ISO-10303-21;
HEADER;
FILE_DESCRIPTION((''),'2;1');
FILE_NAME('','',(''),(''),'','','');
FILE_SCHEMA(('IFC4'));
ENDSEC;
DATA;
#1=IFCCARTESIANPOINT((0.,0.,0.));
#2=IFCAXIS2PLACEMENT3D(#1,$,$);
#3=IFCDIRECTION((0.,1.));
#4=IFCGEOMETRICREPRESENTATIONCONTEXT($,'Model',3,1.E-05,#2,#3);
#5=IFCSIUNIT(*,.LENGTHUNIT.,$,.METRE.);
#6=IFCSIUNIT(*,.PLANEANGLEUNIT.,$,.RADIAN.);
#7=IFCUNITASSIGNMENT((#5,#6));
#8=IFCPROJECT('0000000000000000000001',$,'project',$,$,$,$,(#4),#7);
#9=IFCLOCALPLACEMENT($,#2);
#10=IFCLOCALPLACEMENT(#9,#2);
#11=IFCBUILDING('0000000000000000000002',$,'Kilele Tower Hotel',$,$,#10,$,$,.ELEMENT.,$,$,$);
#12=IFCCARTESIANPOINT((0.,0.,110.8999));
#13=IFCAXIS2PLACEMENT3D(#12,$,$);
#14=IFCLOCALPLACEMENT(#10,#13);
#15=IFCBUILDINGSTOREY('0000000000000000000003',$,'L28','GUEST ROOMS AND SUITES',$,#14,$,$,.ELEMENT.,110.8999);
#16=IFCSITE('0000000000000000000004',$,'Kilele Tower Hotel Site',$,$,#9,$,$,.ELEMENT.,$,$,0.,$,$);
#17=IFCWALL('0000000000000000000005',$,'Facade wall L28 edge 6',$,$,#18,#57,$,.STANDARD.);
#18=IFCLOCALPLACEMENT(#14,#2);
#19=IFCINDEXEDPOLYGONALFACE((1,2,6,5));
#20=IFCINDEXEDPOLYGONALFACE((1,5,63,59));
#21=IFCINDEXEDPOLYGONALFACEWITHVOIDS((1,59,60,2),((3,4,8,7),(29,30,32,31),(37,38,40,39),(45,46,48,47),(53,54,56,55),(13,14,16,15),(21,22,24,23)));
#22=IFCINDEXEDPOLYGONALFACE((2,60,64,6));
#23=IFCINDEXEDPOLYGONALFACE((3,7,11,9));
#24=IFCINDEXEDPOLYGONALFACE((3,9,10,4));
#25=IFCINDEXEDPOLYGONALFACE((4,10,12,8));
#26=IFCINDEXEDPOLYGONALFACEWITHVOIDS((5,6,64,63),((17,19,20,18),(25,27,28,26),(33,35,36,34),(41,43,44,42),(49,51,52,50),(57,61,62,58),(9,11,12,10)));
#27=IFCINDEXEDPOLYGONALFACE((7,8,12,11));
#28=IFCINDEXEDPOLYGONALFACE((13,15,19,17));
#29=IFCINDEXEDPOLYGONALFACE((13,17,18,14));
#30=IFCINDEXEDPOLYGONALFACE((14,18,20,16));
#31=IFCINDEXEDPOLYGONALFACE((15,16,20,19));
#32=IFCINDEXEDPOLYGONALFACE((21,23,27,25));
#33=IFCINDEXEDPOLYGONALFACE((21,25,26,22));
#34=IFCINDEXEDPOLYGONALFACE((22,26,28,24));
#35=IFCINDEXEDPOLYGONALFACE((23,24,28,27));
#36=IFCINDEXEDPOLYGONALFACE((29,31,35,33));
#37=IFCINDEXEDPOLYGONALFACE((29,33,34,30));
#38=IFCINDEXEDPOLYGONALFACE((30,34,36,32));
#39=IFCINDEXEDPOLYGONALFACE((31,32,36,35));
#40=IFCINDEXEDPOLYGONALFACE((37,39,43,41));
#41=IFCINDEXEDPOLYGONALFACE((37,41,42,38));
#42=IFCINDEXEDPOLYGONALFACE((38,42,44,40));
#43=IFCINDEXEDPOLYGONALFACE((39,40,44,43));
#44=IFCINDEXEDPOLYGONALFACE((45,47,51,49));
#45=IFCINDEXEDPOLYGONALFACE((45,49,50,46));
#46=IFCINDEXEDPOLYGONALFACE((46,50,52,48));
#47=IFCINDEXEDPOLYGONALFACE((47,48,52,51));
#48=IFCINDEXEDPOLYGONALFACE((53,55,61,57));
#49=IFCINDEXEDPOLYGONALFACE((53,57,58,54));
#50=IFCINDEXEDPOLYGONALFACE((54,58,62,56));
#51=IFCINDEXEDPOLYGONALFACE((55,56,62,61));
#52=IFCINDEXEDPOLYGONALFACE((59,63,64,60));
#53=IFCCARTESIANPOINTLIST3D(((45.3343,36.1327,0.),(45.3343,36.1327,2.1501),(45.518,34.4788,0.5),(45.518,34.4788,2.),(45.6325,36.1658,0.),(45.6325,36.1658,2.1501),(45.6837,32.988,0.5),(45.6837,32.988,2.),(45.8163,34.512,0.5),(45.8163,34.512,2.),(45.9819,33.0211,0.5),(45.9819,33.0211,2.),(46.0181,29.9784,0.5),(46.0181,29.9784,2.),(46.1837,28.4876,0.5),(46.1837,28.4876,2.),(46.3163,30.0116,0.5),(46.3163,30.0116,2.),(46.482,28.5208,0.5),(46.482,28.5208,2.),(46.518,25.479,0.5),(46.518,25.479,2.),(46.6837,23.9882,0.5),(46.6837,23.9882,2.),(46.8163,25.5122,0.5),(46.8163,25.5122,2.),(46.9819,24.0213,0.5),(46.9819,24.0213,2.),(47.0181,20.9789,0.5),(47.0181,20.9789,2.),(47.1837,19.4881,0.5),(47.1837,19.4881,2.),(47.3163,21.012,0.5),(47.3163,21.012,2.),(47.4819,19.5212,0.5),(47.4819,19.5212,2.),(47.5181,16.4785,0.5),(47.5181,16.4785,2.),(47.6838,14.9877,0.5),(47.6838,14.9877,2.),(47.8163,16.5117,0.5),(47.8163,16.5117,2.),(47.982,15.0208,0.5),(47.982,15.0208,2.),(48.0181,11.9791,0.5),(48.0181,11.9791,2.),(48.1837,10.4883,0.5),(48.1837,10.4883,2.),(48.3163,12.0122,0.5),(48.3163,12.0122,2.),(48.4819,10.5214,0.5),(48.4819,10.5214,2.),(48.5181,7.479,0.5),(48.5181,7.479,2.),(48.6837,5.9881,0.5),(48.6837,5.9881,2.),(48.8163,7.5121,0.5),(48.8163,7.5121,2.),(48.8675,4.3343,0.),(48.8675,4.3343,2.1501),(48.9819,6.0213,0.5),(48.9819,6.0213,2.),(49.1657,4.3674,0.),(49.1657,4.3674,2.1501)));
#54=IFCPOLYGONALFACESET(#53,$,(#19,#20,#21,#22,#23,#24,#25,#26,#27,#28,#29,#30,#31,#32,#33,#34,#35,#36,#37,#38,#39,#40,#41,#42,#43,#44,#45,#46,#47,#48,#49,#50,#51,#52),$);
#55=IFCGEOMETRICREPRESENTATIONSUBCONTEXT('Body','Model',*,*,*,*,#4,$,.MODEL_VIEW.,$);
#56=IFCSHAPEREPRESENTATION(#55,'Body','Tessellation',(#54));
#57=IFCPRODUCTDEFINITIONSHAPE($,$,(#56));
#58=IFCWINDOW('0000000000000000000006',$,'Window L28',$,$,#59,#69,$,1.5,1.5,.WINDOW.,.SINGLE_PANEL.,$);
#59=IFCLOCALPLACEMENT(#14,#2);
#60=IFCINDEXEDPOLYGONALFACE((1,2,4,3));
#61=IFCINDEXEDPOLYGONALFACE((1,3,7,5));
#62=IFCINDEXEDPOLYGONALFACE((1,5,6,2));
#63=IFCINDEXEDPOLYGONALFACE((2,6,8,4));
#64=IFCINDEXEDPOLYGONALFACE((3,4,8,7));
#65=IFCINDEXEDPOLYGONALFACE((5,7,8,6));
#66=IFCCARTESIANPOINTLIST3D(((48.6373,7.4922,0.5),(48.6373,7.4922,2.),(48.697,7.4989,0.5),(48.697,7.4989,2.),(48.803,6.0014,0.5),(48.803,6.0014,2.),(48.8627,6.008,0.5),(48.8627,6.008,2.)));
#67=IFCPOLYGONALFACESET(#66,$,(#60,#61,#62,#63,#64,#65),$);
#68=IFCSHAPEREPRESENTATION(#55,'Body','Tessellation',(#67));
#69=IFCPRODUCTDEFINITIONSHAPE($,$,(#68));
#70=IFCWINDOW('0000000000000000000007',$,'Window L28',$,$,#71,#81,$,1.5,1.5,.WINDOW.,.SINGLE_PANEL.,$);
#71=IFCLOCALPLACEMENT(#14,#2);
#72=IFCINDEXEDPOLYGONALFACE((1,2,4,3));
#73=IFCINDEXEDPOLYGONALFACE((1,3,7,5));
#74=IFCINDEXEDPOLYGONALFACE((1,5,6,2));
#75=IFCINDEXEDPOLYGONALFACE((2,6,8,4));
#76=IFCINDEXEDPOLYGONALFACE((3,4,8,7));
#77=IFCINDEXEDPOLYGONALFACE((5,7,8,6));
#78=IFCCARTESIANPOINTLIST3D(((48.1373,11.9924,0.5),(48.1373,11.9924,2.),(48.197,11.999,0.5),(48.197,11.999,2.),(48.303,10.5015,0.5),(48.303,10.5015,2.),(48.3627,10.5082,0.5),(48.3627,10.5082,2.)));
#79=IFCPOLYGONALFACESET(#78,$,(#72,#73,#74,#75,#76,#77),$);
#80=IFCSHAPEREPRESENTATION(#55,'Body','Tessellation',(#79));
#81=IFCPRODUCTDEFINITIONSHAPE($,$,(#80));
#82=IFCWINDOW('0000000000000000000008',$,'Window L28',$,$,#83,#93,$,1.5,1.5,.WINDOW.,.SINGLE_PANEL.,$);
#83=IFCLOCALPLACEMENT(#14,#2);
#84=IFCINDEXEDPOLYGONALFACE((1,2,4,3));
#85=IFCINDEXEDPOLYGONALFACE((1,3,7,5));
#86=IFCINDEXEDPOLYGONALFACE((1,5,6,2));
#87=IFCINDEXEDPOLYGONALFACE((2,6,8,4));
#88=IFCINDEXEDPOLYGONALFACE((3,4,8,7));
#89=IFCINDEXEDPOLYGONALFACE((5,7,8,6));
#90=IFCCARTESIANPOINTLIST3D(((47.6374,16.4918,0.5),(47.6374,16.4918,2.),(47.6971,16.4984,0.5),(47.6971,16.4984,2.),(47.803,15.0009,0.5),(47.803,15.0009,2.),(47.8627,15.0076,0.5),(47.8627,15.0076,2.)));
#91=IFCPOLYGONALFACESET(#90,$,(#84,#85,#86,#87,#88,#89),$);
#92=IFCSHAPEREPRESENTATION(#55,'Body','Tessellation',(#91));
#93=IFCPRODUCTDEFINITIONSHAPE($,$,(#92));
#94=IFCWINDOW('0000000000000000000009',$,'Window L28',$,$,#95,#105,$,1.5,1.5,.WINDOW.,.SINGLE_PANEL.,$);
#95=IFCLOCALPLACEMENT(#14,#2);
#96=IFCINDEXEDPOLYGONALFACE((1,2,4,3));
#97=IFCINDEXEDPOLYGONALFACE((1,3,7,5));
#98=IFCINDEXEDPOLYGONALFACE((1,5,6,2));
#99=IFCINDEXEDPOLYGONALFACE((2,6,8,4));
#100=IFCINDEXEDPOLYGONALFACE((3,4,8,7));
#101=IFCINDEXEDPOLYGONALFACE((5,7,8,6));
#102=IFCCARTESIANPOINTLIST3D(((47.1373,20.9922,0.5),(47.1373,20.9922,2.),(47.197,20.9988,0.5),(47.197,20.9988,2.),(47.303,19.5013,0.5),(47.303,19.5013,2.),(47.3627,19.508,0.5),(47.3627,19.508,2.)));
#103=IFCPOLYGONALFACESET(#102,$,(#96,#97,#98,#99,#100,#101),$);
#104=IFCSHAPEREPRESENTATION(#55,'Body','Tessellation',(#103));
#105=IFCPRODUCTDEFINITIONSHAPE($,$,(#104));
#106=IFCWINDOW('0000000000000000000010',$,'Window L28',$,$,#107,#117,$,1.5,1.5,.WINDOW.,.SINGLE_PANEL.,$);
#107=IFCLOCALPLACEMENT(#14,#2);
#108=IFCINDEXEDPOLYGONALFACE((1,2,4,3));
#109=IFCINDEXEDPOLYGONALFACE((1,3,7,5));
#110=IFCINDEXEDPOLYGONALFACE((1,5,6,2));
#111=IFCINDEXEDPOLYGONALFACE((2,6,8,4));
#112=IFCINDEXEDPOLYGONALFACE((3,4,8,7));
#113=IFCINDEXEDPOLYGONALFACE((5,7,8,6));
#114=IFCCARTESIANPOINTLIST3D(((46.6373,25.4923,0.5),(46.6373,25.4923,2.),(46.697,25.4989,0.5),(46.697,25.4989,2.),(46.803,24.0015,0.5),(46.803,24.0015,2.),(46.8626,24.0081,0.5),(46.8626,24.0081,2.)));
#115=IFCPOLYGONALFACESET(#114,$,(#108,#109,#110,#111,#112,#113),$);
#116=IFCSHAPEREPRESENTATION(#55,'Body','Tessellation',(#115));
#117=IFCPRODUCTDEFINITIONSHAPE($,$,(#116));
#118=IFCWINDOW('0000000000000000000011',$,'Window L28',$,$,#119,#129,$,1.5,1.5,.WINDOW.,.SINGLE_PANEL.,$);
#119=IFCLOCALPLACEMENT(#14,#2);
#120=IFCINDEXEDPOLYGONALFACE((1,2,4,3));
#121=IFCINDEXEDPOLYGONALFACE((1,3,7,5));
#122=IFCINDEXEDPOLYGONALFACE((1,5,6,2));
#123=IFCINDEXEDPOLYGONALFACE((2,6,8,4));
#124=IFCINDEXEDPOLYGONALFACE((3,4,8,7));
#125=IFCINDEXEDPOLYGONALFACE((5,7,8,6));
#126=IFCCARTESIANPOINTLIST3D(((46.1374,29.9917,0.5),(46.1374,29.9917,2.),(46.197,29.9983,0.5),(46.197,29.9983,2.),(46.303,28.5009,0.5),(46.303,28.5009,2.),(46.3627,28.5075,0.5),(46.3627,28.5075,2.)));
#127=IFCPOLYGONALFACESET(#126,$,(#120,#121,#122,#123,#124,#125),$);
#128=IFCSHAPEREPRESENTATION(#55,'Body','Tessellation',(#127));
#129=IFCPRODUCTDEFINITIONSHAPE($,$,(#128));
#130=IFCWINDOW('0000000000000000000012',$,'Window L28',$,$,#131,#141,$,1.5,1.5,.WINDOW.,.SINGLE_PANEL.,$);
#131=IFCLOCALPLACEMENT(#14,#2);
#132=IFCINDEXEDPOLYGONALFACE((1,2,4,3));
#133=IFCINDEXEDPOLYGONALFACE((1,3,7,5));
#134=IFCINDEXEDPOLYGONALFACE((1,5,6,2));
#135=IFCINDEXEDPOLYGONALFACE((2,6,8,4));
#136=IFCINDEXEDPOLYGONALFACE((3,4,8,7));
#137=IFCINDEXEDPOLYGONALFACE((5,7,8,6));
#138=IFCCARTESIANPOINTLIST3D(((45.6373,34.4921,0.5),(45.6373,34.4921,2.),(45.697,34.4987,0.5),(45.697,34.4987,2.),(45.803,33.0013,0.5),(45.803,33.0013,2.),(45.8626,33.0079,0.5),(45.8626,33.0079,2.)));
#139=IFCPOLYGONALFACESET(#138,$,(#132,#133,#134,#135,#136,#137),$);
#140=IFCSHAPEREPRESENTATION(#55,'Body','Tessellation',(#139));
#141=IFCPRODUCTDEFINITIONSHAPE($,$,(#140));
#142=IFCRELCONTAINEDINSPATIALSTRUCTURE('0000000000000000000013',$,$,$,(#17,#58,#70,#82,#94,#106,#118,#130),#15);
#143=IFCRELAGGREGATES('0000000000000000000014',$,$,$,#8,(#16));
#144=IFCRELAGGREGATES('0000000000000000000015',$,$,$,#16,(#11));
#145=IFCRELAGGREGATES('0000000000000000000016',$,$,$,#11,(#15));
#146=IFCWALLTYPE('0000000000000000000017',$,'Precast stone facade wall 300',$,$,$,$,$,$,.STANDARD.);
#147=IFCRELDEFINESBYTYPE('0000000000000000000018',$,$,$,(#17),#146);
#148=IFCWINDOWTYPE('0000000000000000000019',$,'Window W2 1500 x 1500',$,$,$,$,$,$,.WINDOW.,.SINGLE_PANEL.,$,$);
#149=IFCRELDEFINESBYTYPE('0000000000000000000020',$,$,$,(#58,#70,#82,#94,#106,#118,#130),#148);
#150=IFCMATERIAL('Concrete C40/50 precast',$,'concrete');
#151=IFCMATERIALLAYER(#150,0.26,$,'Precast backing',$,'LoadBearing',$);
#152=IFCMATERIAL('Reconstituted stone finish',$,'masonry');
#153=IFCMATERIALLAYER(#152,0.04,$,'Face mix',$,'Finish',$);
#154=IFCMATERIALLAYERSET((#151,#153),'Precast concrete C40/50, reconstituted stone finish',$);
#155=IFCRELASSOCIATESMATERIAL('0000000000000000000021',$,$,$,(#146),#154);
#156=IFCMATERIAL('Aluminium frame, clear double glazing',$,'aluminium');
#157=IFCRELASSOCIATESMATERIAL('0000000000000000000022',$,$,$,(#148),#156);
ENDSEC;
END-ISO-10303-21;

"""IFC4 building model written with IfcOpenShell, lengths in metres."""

from ifc_helpers import new_model, si_unit, direction, frame, frame_2d, origin, place, context, subcontext, project, spatial, rectangle, extrude, material, layer, layer_set, type_object, element, fill, save


model = new_model("IFC4")

# Units and contexts
model_context = context("Model", 3, precision=1e-05, world=origin(), true_north=direction((0.0, 1.0)))
body_context = subcontext(model_context, "Body", "Model", "MODEL_VIEW")
ifc_project = project(units=[si_unit("LENGTHUNIT", "METRE"), si_unit("PLANEANGLEUNIT", "RADIAN")], contexts=[model_context])

# Site, building, storey
site_placement = place(None, origin())
site = spatial("IfcSite", under=ifc_project, at=site_placement, Name="Kilele Tower Hotel Site", CompositionType="ELEMENT", RefElevation=0.0)
building_placement = place(site_placement, origin())
building = spatial("IfcBuilding", under=site, at=building_placement, Name="Kilele Tower Hotel", CompositionType="ELEMENT")
storey_placement = place(building_placement, frame((0.0, 0.0, 110.8999)))
storey = spatial("IfcBuildingStorey", under=building, at=storey_placement, Name="L28", Description="GUEST ROOMS AND SUITES", CompositionType="ELEMENT", Elevation=110.8999)

# Shared definitions
ifc_material_1 = material(Name="Concrete C40/50 precast", Category="concrete")
ifc_layer_1 = layer(ifc_material_1, 0.26, Name="Precast backing", Category="LoadBearing")
ifc_material_2 = material(Name="Reconstituted stone finish", Category="masonry")
ifc_layer_2 = layer(ifc_material_2, 0.04, Name="Face mix", Category="Finish")
ifc_layer_set_1 = layer_set([ifc_layer_1, ifc_layer_2], Name="Precast concrete C40/50, reconstituted stone finish")
wall_type_1 = type_object("IfcWallType", Name="Precast stone facade wall 300", PredefinedType="STANDARD", material=ifc_layer_set_1)
ifc_material_3 = material(Name="Aluminium frame, clear double glazing", Category="aluminium")
window_type = type_object("IfcWindowType", Name="Window W2 1500 x 1500", PartitioningType="SINGLE_PANEL", PredefinedType="WINDOW", material=ifc_material_3)

# Wall, openings, windows
wall_1_placement = place(storey_placement, frame((49.0166, 4.3508, 0.0), z_axis=(0.0, 0.0, 1.0), x_axis=(-0.110433, 0.993884, 0.0)))
wall_1 = element("IfcWall", 1, at=wall_1_placement, inside=storey, type_object=wall_type_1, Name="Facade wall L28 edge 6", PredefinedType="STANDARD", context=body_context, shape_type="SweptSolid", body=[
    extrude(rectangle(XDim=31.9941, YDim=0.3, at=frame_2d((15.9971, 0.0))), origin(), (0.0, 0.0, 1.0), 2.1501),
])
opening_1_placement = place(wall_1_placement, frame((1.6641, 0.0, 0.5)))
opening_1 = element("IfcOpeningElement", 2, at=opening_1_placement, cuts=wall_1, PredefinedType="OPENING", context=body_context, shape_type="SweptSolid", body=[
    extrude(rectangle(XDim=1.5, YDim=1.5, at=frame_2d((0.75, 0.75))), frame((0.0, 0.1599, 0.0), z_axis=(0.0, -1.0, 0.0), x_axis=(1.0, 0.0, 0.0)), (0.0, 0.0, 1.0), 0.3201),
])
opening_2_placement = place(wall_1_placement, frame((6.1919, 0.0, 0.5)))
opening_2 = element("IfcOpeningElement", 3, at=opening_2_placement, cuts=wall_1, PredefinedType="OPENING", context=body_context, shape_type="SweptSolid", body=[
    extrude(rectangle(XDim=1.5, YDim=1.5, at=frame_2d((0.75, 0.75))), frame((0.0, 0.1599, 0.0), z_axis=(0.0, -1.0, 0.0), x_axis=(1.0, 0.0, 0.0)), (0.0, 0.0, 1.0), 0.3201),
])
opening_3_placement = place(wall_1_placement, frame((10.719, 0.0, 0.5)))
opening_3 = element("IfcOpeningElement", 4, at=opening_3_placement, cuts=wall_1, PredefinedType="OPENING", context=body_context, shape_type="SweptSolid", body=[
    extrude(rectangle(XDim=1.5, YDim=1.5, at=frame_2d((0.75, 0.75))), frame((0.0, 0.1599, 0.0), z_axis=(0.0, -1.0, 0.0), x_axis=(1.0, 0.0, 0.0)), (0.0, 0.0, 1.0), 0.3201),
])
opening_4_placement = place(wall_1_placement, frame((15.2471, 0.0, 0.5)))
opening_4 = element("IfcOpeningElement", 5, at=opening_4_placement, cuts=wall_1, PredefinedType="OPENING", context=body_context, shape_type="SweptSolid", body=[
    extrude(rectangle(XDim=1.5, YDim=1.5, at=frame_2d((0.75, 0.75))), frame((0.0, 0.1599, 0.0), z_axis=(0.0, -1.0, 0.0), x_axis=(1.0, 0.0, 0.0)), (0.0, 0.0, 1.0), 0.3201),
])
opening_5_placement = place(wall_1_placement, frame((19.7749, 0.0, 0.5)))
opening_5 = element("IfcOpeningElement", 6, at=opening_5_placement, cuts=wall_1, PredefinedType="OPENING", context=body_context, shape_type="SweptSolid", body=[
    extrude(rectangle(XDim=1.5, YDim=1.5, at=frame_2d((0.75, 0.75))), frame((0.0, 0.1599, 0.0), z_axis=(0.0, -1.0, 0.0), x_axis=(1.0, 0.0, 0.0)), (0.0, 0.0, 1.0), 0.3201),
])
opening_6_placement = place(wall_1_placement, frame((24.302, 0.0, 0.5)))
opening_6 = element("IfcOpeningElement", 7, at=opening_6_placement, cuts=wall_1, PredefinedType="OPENING", context=body_context, shape_type="SweptSolid", body=[
    extrude(rectangle(XDim=1.5, YDim=1.5, at=frame_2d((0.75, 0.75))), frame((0.0, 0.1599, 0.0), z_axis=(0.0, -1.0, 0.0), x_axis=(1.0, 0.0, 0.0)), (0.0, 0.0, 1.0), 0.3201),
])
opening_7_placement = place(wall_1_placement, frame((28.8301, 0.0, 0.5)))
opening_7 = element("IfcOpeningElement", 8, at=opening_7_placement, cuts=wall_1, PredefinedType="OPENING", context=body_context, shape_type="SweptSolid", body=[
    extrude(rectangle(XDim=1.5, YDim=1.5, at=frame_2d((0.75, 0.75))), frame((0.0, 0.1599, 0.0), z_axis=(0.0, -1.0, 0.0), x_axis=(1.0, 0.0, 0.0)), (0.0, 0.0, 1.0), 0.3201),
])
window_1_placement = place(opening_1_placement, origin())
window_1 = element("IfcWindow", 9, at=window_1_placement, inside=storey, type_object=window_type, Name="Window L28", OverallHeight=1.5, OverallWidth=1.5, PartitioningType="SINGLE_PANEL", PredefinedType="WINDOW", context=body_context, shape_type="SweptSolid", body=[
    extrude(rectangle(XDim=1.5, YDim=1.5, at=frame_2d((0.75, 0.75))), frame((0.0, 0.03, 0.0), z_axis=(0.0, -1.0, 0.0), x_axis=(1.0, 0.0, 0.0)), (0.0, 0.0, 1.0), 0.0601),
])
fill(opening_1, window_1)
window_2_placement = place(opening_2_placement, origin())
window_2 = element("IfcWindow", 10, at=window_2_placement, inside=storey, type_object=window_type, Name="Window L28", OverallHeight=1.5, OverallWidth=1.5, PartitioningType="SINGLE_PANEL", PredefinedType="WINDOW", context=body_context, shape_type="SweptSolid", body=[
    extrude(rectangle(XDim=1.5, YDim=1.5, at=frame_2d((0.75, 0.75))), frame((0.0, 0.03, 0.0), z_axis=(0.0, -1.0, 0.0), x_axis=(1.0, 0.0, 0.0)), (0.0, 0.0, 1.0), 0.0601),
])
fill(opening_2, window_2)
window_3_placement = place(opening_3_placement, origin())
window_3 = element("IfcWindow", 11, at=window_3_placement, inside=storey, type_object=window_type, Name="Window L28", OverallHeight=1.5, OverallWidth=1.5, PartitioningType="SINGLE_PANEL", PredefinedType="WINDOW", context=body_context, shape_type="SweptSolid", body=[
    extrude(rectangle(XDim=1.5, YDim=1.5, at=frame_2d((0.75, 0.75))), frame((0.0, 0.03, 0.0), z_axis=(0.0, -1.0, 0.0), x_axis=(1.0, 0.0, 0.0)), (0.0, 0.0, 1.0), 0.0601),
])
fill(opening_3, window_3)
window_4_placement = place(opening_4_placement, origin())
window_4 = element("IfcWindow", 12, at=window_4_placement, inside=storey, type_object=window_type, Name="Window L28", OverallHeight=1.5, OverallWidth=1.5, PartitioningType="SINGLE_PANEL", PredefinedType="WINDOW", context=body_context, shape_type="SweptSolid", body=[
    extrude(rectangle(XDim=1.5, YDim=1.5, at=frame_2d((0.75, 0.75))), frame((0.0, 0.03, 0.0), z_axis=(0.0, -1.0, 0.0), x_axis=(1.0, 0.0, 0.0)), (0.0, 0.0, 1.0), 0.0601),
])
fill(opening_4, window_4)
window_5_placement = place(opening_5_placement, origin())
window_5 = element("IfcWindow", 13, at=window_5_placement, inside=storey, type_object=window_type, Name="Window L28", OverallHeight=1.5, OverallWidth=1.5, PartitioningType="SINGLE_PANEL", PredefinedType="WINDOW", context=body_context, shape_type="SweptSolid", body=[
    extrude(rectangle(XDim=1.5, YDim=1.5, at=frame_2d((0.75, 0.75))), frame((0.0, 0.03, 0.0), z_axis=(0.0, -1.0, 0.0), x_axis=(1.0, 0.0, 0.0)), (0.0, 0.0, 1.0), 0.0601),
])
fill(opening_5, window_5)
window_6_placement = place(opening_6_placement, origin())
window_6 = element("IfcWindow", 14, at=window_6_placement, inside=storey, type_object=window_type, Name="Window L28", OverallHeight=1.5, OverallWidth=1.5, PartitioningType="SINGLE_PANEL", PredefinedType="WINDOW", context=body_context, shape_type="SweptSolid", body=[
    extrude(rectangle(XDim=1.5, YDim=1.5, at=frame_2d((0.75, 0.75))), frame((0.0, 0.03, 0.0), z_axis=(0.0, -1.0, 0.0), x_axis=(1.0, 0.0, 0.0)), (0.0, 0.0, 1.0), 0.0601),
])
fill(opening_6, window_6)
window_7_placement = place(opening_7_placement, origin())
window_7 = element("IfcWindow", 15, at=window_7_placement, inside=storey, type_object=window_type, Name="Window L28", OverallHeight=1.5, OverallWidth=1.5, PartitioningType="SINGLE_PANEL", PredefinedType="WINDOW", context=body_context, shape_type="SweptSolid", body=[
    extrude(rectangle(XDim=1.5, YDim=1.5, at=frame_2d((0.75, 0.75))), frame((0.0, 0.03, 0.0), z_axis=(0.0, -1.0, 0.0), x_axis=(1.0, 0.0, 0.0)), (0.0, 0.0, 1.0), 0.0601),
])
fill(opening_7, window_7)

save(model, "model.ifc")
